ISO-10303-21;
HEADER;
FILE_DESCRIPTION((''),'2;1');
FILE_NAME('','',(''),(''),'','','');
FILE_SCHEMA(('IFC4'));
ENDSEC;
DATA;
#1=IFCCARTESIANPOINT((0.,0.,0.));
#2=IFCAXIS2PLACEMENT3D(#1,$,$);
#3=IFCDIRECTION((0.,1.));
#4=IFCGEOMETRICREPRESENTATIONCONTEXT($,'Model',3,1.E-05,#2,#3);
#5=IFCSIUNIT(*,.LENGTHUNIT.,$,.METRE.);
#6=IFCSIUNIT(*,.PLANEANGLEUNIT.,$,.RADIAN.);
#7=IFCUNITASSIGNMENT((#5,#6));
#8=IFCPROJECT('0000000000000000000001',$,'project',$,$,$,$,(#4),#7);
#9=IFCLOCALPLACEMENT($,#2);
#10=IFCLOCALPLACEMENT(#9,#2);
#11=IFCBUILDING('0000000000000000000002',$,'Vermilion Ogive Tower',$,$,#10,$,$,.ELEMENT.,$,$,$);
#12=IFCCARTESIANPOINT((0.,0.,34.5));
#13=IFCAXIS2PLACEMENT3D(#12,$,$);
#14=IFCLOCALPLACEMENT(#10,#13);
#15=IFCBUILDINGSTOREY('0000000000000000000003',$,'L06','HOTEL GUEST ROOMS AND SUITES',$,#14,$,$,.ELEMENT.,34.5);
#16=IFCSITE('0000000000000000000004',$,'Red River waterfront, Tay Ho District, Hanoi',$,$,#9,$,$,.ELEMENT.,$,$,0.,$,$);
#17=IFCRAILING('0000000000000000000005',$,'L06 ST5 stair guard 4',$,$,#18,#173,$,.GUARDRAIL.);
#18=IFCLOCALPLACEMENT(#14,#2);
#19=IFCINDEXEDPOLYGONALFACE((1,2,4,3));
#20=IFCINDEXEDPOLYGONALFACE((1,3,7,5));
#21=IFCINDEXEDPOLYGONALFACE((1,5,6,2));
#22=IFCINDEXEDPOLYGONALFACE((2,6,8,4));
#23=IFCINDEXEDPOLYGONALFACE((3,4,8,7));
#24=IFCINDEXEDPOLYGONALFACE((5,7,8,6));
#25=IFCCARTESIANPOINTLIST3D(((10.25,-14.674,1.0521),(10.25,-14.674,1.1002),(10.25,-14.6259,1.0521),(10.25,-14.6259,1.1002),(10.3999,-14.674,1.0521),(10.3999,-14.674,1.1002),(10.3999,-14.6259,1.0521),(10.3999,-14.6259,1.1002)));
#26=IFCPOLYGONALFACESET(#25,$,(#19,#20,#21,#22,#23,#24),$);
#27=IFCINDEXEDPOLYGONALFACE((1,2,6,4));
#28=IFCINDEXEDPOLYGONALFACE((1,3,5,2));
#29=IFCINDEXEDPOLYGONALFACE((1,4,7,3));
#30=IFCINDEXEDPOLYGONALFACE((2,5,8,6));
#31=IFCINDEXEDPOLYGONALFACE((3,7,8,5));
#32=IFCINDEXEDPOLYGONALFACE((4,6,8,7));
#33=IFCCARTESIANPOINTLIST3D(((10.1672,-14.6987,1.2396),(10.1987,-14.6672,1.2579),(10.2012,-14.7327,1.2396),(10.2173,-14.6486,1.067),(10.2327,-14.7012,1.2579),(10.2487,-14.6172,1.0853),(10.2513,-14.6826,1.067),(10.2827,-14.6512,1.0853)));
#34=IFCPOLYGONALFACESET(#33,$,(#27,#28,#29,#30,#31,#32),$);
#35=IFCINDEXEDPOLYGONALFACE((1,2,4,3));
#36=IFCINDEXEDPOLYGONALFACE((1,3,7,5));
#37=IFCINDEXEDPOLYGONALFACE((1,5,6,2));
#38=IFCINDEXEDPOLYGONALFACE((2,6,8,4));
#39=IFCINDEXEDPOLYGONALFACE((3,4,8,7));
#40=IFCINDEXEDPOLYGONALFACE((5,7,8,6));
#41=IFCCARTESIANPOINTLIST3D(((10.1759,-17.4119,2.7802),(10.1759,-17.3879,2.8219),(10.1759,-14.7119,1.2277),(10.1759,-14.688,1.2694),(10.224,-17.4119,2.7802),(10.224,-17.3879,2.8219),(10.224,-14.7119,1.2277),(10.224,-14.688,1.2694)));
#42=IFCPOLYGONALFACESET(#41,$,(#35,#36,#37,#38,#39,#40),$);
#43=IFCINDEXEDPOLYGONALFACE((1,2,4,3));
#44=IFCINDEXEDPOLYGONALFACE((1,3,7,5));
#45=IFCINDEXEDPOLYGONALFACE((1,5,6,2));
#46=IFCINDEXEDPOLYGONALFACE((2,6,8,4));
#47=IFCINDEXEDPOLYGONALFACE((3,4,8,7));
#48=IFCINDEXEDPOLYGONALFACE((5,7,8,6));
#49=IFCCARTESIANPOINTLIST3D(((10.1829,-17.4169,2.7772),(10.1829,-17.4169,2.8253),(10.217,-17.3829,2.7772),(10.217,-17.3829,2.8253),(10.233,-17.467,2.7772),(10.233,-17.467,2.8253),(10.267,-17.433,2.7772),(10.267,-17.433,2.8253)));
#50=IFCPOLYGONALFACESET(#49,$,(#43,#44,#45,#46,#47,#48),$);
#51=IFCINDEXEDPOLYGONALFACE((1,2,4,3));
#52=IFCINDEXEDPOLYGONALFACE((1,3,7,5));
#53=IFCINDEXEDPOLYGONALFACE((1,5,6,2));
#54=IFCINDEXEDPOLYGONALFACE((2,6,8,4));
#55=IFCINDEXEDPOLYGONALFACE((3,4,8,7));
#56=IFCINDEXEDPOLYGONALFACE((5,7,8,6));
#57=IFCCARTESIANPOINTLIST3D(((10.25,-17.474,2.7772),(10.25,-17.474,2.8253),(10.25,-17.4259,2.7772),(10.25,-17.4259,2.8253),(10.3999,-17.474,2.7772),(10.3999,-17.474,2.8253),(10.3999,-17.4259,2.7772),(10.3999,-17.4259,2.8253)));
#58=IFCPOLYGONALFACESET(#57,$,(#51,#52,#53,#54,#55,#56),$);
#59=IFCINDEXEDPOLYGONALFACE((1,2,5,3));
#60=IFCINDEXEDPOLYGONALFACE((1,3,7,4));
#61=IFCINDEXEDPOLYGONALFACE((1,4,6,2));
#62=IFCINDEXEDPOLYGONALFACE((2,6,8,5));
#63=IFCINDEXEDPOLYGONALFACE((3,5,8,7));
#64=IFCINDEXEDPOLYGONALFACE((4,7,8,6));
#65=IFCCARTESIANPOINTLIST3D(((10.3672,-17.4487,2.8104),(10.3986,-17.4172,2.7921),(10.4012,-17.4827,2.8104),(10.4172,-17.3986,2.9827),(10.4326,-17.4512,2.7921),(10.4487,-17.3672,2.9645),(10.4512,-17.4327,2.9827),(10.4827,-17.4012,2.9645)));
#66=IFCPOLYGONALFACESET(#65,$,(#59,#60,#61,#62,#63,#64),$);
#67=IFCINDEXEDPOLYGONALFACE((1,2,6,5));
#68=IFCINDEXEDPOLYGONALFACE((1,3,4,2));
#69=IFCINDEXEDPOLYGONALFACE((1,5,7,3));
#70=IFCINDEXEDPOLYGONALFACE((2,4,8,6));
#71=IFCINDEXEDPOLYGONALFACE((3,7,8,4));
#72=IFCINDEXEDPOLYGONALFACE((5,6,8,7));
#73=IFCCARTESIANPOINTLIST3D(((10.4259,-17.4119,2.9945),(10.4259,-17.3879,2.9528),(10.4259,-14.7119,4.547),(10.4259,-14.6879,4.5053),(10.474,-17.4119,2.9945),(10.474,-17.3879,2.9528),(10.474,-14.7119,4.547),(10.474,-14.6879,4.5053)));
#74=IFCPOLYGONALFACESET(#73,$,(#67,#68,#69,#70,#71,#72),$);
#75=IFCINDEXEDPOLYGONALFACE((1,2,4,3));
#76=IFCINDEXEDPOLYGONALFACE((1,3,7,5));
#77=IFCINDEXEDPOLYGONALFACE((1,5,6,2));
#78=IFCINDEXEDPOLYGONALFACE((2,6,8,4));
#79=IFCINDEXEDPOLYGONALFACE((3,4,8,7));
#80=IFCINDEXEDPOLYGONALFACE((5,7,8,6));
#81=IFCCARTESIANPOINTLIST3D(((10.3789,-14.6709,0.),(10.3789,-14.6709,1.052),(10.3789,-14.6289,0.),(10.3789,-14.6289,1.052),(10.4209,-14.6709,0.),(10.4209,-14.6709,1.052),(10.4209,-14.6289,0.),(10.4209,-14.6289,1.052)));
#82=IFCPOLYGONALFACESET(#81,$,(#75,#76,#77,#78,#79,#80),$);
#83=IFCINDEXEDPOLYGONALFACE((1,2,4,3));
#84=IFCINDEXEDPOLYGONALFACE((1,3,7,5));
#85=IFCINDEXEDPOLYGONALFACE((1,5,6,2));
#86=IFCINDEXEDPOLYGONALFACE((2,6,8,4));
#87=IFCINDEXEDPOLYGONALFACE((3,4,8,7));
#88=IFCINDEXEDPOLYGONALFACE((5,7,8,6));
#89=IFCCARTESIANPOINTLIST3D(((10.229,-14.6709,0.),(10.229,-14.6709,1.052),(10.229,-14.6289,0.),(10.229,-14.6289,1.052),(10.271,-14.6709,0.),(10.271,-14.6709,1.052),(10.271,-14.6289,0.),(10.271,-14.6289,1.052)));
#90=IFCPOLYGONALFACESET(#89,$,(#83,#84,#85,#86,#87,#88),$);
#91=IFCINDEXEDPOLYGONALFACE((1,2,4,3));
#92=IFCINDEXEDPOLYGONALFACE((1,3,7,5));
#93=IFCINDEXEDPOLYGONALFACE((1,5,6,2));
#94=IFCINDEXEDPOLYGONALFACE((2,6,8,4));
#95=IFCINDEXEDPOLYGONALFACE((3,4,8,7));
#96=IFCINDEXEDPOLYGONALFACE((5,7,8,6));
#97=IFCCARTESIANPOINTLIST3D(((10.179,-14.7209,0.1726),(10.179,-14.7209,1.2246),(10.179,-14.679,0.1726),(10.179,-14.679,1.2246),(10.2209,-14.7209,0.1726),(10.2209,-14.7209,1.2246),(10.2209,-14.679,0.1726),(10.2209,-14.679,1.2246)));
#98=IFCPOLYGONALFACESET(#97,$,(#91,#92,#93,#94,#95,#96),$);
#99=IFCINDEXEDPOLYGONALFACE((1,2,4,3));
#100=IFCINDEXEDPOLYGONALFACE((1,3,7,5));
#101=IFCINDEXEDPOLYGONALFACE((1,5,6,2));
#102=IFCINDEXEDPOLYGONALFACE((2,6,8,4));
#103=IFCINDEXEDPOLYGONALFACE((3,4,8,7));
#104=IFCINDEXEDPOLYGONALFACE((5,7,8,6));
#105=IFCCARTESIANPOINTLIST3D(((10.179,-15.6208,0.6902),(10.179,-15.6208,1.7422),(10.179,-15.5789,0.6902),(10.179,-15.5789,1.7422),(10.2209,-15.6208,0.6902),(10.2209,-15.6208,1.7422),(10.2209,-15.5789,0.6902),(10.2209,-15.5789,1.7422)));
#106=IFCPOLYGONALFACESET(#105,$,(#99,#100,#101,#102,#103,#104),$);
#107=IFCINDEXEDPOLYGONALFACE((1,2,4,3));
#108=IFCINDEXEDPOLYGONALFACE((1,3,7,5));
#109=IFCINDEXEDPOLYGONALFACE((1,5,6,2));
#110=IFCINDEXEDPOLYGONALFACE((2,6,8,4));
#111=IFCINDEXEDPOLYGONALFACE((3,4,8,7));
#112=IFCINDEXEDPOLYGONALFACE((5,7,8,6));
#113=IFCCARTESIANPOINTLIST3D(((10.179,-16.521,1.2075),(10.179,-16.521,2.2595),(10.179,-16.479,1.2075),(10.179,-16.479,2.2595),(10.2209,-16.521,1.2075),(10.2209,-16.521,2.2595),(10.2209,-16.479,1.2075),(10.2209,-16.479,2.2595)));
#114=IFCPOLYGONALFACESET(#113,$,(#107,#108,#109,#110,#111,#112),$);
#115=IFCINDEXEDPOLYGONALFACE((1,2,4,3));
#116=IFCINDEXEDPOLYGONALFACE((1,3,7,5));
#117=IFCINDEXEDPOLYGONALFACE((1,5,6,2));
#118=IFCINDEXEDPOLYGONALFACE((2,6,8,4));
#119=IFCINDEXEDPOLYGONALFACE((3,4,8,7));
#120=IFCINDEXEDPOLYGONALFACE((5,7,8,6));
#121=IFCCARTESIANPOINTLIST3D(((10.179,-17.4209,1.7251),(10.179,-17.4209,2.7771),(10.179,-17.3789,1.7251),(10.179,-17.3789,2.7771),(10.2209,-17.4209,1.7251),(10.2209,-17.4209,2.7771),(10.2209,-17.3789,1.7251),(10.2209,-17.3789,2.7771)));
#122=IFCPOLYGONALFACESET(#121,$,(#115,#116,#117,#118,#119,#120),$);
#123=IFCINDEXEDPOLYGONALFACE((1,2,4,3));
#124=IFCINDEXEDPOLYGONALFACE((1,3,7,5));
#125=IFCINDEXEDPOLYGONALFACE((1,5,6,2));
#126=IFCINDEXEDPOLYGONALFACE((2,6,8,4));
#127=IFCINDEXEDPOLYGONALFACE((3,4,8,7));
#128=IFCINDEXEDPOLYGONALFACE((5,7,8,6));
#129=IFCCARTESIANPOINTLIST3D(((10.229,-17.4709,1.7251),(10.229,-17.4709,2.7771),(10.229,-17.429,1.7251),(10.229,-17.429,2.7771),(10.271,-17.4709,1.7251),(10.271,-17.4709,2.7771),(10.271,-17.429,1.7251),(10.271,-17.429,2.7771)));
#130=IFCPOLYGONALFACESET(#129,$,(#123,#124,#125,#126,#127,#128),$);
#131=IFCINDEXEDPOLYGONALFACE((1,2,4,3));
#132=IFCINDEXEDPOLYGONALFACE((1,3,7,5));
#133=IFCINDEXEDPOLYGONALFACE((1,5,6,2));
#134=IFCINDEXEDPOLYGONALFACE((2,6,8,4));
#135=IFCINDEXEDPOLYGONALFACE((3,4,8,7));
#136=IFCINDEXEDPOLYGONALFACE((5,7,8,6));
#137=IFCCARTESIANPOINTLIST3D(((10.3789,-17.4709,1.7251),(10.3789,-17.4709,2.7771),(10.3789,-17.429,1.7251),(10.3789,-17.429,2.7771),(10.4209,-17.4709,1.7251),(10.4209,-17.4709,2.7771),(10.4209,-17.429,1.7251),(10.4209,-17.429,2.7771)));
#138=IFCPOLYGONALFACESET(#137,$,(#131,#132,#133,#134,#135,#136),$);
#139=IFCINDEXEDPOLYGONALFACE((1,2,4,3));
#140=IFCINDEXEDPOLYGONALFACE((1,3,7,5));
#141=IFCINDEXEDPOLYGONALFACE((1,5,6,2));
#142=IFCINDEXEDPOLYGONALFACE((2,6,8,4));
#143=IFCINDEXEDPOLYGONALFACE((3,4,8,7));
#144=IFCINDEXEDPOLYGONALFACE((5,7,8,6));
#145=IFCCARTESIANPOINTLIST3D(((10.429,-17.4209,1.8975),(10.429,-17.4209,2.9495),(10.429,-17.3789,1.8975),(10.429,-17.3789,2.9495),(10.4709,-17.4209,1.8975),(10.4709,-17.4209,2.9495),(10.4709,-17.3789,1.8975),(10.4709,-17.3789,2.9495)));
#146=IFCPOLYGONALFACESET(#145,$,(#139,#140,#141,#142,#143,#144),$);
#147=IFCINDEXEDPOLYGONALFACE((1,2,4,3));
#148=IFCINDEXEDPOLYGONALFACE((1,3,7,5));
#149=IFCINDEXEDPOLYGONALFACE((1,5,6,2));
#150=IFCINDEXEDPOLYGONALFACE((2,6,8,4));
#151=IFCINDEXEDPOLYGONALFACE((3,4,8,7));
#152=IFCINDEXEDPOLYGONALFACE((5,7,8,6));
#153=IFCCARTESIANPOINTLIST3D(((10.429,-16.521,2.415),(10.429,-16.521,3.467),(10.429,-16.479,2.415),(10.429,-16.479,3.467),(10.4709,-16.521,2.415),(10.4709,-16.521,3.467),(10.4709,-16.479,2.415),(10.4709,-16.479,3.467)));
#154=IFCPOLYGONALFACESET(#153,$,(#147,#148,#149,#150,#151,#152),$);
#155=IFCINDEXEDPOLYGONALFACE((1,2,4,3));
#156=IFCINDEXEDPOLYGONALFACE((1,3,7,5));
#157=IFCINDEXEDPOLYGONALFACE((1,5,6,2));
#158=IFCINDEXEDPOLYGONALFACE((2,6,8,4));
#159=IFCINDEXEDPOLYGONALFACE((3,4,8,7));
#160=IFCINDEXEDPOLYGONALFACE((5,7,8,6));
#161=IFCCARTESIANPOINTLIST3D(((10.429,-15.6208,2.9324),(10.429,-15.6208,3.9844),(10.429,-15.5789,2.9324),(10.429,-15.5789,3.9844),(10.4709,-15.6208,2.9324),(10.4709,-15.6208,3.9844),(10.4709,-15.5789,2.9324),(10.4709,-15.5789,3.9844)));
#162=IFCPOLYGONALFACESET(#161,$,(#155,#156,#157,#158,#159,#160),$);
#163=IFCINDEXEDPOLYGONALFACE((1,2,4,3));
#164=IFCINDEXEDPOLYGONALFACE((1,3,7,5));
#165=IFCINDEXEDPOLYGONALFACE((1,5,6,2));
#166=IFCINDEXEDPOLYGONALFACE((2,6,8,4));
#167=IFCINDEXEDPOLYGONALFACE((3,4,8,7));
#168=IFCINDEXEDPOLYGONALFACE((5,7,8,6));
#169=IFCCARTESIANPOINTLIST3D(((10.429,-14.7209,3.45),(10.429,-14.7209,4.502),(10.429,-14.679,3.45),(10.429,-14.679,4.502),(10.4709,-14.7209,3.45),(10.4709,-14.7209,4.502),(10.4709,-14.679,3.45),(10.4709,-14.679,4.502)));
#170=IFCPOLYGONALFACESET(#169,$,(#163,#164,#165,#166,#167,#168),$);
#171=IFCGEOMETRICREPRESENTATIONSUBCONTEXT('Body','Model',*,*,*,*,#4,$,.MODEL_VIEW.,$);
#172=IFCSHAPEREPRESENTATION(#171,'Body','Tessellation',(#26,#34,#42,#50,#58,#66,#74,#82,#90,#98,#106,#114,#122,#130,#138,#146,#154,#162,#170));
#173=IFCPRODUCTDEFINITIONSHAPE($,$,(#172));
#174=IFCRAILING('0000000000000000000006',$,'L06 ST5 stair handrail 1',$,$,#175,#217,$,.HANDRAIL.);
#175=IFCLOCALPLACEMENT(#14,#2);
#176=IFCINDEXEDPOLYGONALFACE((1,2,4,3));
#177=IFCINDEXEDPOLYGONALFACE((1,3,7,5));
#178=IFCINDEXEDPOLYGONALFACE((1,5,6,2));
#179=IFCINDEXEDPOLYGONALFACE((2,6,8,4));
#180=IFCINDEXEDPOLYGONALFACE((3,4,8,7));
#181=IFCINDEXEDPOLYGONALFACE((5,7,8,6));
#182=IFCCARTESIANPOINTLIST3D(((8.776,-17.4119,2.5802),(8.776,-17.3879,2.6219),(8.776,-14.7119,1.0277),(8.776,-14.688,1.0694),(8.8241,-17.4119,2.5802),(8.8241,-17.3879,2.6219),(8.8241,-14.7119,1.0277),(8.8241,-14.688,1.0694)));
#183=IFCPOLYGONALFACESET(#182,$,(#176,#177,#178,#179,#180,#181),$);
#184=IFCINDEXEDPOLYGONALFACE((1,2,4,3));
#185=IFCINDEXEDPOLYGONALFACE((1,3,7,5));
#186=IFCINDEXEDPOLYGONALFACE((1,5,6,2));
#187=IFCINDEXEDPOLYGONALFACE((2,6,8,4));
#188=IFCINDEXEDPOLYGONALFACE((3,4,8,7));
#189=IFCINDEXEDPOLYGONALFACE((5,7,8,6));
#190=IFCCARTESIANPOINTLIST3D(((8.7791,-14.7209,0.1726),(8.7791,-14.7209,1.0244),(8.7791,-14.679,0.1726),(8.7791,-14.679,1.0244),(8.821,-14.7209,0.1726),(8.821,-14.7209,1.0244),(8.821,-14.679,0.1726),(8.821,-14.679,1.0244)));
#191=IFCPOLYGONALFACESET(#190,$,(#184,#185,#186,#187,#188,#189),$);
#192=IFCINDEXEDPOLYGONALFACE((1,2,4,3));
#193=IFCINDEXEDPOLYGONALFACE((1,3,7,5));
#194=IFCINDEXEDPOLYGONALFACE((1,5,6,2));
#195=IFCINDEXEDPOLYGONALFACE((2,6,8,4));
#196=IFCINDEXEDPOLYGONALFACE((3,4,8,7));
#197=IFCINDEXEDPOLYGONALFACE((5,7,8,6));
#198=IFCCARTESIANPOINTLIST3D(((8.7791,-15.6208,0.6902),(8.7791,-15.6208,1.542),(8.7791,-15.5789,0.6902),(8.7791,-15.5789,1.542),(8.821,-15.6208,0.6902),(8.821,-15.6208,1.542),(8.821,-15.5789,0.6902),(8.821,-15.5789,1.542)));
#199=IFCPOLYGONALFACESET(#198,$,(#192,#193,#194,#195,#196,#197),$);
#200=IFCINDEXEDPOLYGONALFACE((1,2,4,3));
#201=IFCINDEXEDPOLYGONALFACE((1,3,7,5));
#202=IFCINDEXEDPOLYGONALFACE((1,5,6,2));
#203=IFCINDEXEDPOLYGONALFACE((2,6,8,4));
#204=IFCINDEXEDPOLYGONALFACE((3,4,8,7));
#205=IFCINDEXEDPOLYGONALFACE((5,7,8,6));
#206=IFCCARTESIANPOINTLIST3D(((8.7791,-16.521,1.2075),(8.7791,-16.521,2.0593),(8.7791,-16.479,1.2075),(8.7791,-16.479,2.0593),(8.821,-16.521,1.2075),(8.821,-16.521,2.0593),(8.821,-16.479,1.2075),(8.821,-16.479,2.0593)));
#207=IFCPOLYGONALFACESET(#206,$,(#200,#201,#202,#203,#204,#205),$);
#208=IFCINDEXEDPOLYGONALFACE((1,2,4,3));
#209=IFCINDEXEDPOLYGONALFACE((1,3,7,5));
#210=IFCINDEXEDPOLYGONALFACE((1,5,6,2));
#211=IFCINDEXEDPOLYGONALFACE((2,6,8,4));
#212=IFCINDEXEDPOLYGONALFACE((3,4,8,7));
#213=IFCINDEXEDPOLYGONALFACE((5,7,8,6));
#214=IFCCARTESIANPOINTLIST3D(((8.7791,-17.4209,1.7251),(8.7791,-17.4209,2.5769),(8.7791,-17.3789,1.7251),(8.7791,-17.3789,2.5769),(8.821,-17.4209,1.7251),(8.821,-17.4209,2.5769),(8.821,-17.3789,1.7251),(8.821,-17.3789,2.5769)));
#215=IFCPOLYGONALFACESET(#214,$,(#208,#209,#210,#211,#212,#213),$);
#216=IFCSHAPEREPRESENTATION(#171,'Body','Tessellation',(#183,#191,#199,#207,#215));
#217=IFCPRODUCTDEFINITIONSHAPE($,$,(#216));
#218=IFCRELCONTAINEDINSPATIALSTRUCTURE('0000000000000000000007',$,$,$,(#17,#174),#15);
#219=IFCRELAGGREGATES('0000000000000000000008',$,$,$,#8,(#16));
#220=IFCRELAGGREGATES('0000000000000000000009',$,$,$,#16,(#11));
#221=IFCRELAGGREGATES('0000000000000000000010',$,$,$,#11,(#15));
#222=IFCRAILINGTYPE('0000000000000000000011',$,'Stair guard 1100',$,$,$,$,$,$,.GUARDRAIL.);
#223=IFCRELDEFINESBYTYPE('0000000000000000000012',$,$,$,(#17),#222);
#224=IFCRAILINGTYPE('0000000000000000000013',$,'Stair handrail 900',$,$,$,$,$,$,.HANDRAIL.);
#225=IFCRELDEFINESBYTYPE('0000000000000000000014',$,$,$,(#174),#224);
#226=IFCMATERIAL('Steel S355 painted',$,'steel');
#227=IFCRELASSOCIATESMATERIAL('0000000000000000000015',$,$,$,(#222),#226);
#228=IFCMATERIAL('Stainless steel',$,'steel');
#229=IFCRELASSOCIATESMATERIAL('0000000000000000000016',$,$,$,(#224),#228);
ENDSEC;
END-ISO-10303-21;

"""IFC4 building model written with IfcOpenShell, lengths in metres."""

from ifc_helpers import new_model, si_unit, direction, frame, origin, origin_2d, place, context, subcontext, project, spatial, rectangle, extrude, material, type_object, element, save


model = new_model("IFC4")

# Units and contexts
model_context = context("Model", 3, precision=1e-05, world=origin(), true_north=direction((0.0, 1.0)))
body_context = subcontext(model_context, "Body", "Model", "MODEL_VIEW")
ifc_project = project(units=[si_unit("LENGTHUNIT", "METRE"), si_unit("PLANEANGLEUNIT", "RADIAN")], contexts=[model_context])

# Site, building, storey
site_placement = place(None, origin())
site = spatial("IfcSite", under=ifc_project, at=site_placement, Name="Red River waterfront, Tay Ho District, Hanoi", CompositionType="ELEMENT", RefElevation=0.0)
building_placement = place(site_placement, origin())
building = spatial("IfcBuilding", under=site, at=building_placement, Name="Vermilion Ogive Tower", CompositionType="ELEMENT")
storey_placement = place(building_placement, frame((0.0, 0.0, 34.5)))
storey = spatial("IfcBuildingStorey", under=building, at=storey_placement, Name="L06", Description="HOTEL GUEST ROOMS AND SUITES", CompositionType="ELEMENT", Elevation=34.5)

# Railings
ifc_material_1 = material(Name="Steel S355 painted", Category="steel")
railing_type_1 = type_object("IfcRailingType", Name="Stair guard 1100", PredefinedType="GUARDRAIL", material=ifc_material_1)
railing_1_placement = place(storey_placement, frame((10.3999, -14.6499, 0.0)))
element("IfcRailing", 1, at=railing_1_placement, inside=storey, type_object=railing_type_1, Name="L06 ST5 stair guard 4", PredefinedType="GUARDRAIL", context=body_context, shape_type="SweptSolid", body=[
    extrude(rectangle(XDim=0.0481, YDim=0.0481, at=origin_2d()), frame((0.0, 0.0, 1.0762), z_axis=(-1.0, 0.0, 0.0), x_axis=(0.0, -1.0, 0.0)), (0.0, 0.0, 1.0), 0.1499),
    extrude(rectangle(XDim=0.0481, YDim=0.0481, at=origin_2d()), frame((-0.1499, 0.0, 1.0762), z_axis=(-0.268278, -0.268278, 0.925232), x_axis=(0.707107, -0.707107, 0.0)), (0.0, 0.0, 1.0), 0.1865),
    extrude(rectangle(XDim=0.0481, YDim=0.0481, at=origin_2d()), frame((-0.2, -0.05, 1.2485), z_axis=(0.0, -0.866904, 0.498476), x_axis=(1.0, 0.0, 0.0)), (0.0, 0.0, 1.0), 3.1145),
    extrude(rectangle(XDim=0.0481, YDim=0.0481, at=origin_2d()), frame((-0.2, -2.75, 2.8013), z_axis=(0.707107, -0.707107, 0.0), x_axis=(0.707107, 0.707107, 0.0)), (0.0, 0.0, 1.0), 0.0708),
    extrude(rectangle(XDim=0.0481, YDim=0.0481, at=origin_2d()), frame((-0.1499, -2.8, 2.8013), z_axis=(1.0, 0.0, 0.0), x_axis=(0.0, 1.0, 0.0)), (0.0, 0.0, 1.0), 0.1499),
    extrude(rectangle(XDim=0.0481, YDim=0.0481, at=origin_2d()), frame((0.0, -2.8, 2.8013), z_axis=(0.268603, 0.268603, 0.925043), x_axis=(-0.707107, 0.707107, 0.0)), (0.0, 0.0, 1.0), 0.1863),
    extrude(rectangle(XDim=0.0481, YDim=0.0481, at=origin_2d()), frame((0.05, -2.75, 2.9736), z_axis=(0.0, 0.866904, 0.498476), x_axis=(-1.0, 0.0, 0.0)), (0.0, 0.0, 1.0), 3.1145),
    extrude(rectangle(XDim=0.042, YDim=0.042, at=origin_2d()), origin(), (0.0, 0.0, 1.0), 1.052),
    extrude(rectangle(XDim=0.042, YDim=0.042, at=origin_2d()), frame((-0.1499, 0.0, 0.0)), (0.0, 0.0, 1.0), 1.052),
    extrude(rectangle(XDim=0.042, YDim=0.042, at=origin_2d()), frame((-0.2, -0.05, 0.1726)), (0.0, 0.0, 1.0), 1.052),
    extrude(rectangle(XDim=0.042, YDim=0.042, at=origin_2d()), frame((-0.2, -0.95, 0.6902)), (0.0, 0.0, 1.0), 1.052),
    extrude(rectangle(XDim=0.042, YDim=0.042, at=origin_2d()), frame((-0.2, -1.8501, 1.2075)), (0.0, 0.0, 1.0), 1.052),
    extrude(rectangle(XDim=0.042, YDim=0.042, at=origin_2d()), frame((-0.2, -2.75, 1.7251)), (0.0, 0.0, 1.0), 1.052),
    extrude(rectangle(XDim=0.042, YDim=0.042, at=origin_2d()), frame((-0.1499, -2.8, 1.7251)), (0.0, 0.0, 1.0), 1.052),
    extrude(rectangle(XDim=0.042, YDim=0.042, at=origin_2d()), frame((0.0, -2.8, 1.7251)), (0.0, 0.0, 1.0), 1.052),
    extrude(rectangle(XDim=0.042, YDim=0.042, at=origin_2d()), frame((0.05, -2.75, 1.8975)), (0.0, 0.0, 1.0), 1.052),
    extrude(rectangle(XDim=0.042, YDim=0.042, at=origin_2d()), frame((0.05, -1.8501, 2.415)), (0.0, 0.0, 1.0), 1.052),
    extrude(rectangle(XDim=0.042, YDim=0.042, at=origin_2d()), frame((0.05, -0.95, 2.9324)), (0.0, 0.0, 1.0), 1.052),
    extrude(rectangle(XDim=0.042, YDim=0.042, at=origin_2d()), frame((0.05, -0.05, 3.45)), (0.0, 0.0, 1.0), 1.052),
])
ifc_material_2 = material(Name="Stainless steel", Category="steel")
railing_type_2 = type_object("IfcRailingType", Name="Stair handrail 900", PredefinedType="HANDRAIL", material=ifc_material_2)
railing_2_placement = place(storey_placement, frame((8.8, -14.7, 0.1726)))
element("IfcRailing", 2, at=railing_2_placement, inside=storey, type_object=railing_type_2, Name="L06 ST5 stair handrail 1", PredefinedType="HANDRAIL", context=body_context, shape_type="SweptSolid", body=[
    extrude(rectangle(XDim=0.0481, YDim=0.0481, at=origin_2d()), frame((0.0, 0.0, 0.876), z_axis=(0.0, -0.866904, 0.498476), x_axis=(1.0, 0.0, 0.0)), (0.0, 0.0, 1.0), 3.1145),
    extrude(rectangle(XDim=0.042, YDim=0.042, at=origin_2d()), origin(), (0.0, 0.0, 1.0), 0.8518),
    extrude(rectangle(XDim=0.042, YDim=0.042, at=origin_2d()), frame((0.0, -0.8999, 0.5176)), (0.0, 0.0, 1.0), 0.8518),
    extrude(rectangle(XDim=0.042, YDim=0.042, at=origin_2d()), frame((0.0, -1.8, 1.0349)), (0.0, 0.0, 1.0), 0.8518),
    extrude(rectangle(XDim=0.042, YDim=0.042, at=origin_2d()), frame((0.0, -2.7, 1.5525)), (0.0, 0.0, 1.0), 0.8518),
])

save(model, "model.ifc")
